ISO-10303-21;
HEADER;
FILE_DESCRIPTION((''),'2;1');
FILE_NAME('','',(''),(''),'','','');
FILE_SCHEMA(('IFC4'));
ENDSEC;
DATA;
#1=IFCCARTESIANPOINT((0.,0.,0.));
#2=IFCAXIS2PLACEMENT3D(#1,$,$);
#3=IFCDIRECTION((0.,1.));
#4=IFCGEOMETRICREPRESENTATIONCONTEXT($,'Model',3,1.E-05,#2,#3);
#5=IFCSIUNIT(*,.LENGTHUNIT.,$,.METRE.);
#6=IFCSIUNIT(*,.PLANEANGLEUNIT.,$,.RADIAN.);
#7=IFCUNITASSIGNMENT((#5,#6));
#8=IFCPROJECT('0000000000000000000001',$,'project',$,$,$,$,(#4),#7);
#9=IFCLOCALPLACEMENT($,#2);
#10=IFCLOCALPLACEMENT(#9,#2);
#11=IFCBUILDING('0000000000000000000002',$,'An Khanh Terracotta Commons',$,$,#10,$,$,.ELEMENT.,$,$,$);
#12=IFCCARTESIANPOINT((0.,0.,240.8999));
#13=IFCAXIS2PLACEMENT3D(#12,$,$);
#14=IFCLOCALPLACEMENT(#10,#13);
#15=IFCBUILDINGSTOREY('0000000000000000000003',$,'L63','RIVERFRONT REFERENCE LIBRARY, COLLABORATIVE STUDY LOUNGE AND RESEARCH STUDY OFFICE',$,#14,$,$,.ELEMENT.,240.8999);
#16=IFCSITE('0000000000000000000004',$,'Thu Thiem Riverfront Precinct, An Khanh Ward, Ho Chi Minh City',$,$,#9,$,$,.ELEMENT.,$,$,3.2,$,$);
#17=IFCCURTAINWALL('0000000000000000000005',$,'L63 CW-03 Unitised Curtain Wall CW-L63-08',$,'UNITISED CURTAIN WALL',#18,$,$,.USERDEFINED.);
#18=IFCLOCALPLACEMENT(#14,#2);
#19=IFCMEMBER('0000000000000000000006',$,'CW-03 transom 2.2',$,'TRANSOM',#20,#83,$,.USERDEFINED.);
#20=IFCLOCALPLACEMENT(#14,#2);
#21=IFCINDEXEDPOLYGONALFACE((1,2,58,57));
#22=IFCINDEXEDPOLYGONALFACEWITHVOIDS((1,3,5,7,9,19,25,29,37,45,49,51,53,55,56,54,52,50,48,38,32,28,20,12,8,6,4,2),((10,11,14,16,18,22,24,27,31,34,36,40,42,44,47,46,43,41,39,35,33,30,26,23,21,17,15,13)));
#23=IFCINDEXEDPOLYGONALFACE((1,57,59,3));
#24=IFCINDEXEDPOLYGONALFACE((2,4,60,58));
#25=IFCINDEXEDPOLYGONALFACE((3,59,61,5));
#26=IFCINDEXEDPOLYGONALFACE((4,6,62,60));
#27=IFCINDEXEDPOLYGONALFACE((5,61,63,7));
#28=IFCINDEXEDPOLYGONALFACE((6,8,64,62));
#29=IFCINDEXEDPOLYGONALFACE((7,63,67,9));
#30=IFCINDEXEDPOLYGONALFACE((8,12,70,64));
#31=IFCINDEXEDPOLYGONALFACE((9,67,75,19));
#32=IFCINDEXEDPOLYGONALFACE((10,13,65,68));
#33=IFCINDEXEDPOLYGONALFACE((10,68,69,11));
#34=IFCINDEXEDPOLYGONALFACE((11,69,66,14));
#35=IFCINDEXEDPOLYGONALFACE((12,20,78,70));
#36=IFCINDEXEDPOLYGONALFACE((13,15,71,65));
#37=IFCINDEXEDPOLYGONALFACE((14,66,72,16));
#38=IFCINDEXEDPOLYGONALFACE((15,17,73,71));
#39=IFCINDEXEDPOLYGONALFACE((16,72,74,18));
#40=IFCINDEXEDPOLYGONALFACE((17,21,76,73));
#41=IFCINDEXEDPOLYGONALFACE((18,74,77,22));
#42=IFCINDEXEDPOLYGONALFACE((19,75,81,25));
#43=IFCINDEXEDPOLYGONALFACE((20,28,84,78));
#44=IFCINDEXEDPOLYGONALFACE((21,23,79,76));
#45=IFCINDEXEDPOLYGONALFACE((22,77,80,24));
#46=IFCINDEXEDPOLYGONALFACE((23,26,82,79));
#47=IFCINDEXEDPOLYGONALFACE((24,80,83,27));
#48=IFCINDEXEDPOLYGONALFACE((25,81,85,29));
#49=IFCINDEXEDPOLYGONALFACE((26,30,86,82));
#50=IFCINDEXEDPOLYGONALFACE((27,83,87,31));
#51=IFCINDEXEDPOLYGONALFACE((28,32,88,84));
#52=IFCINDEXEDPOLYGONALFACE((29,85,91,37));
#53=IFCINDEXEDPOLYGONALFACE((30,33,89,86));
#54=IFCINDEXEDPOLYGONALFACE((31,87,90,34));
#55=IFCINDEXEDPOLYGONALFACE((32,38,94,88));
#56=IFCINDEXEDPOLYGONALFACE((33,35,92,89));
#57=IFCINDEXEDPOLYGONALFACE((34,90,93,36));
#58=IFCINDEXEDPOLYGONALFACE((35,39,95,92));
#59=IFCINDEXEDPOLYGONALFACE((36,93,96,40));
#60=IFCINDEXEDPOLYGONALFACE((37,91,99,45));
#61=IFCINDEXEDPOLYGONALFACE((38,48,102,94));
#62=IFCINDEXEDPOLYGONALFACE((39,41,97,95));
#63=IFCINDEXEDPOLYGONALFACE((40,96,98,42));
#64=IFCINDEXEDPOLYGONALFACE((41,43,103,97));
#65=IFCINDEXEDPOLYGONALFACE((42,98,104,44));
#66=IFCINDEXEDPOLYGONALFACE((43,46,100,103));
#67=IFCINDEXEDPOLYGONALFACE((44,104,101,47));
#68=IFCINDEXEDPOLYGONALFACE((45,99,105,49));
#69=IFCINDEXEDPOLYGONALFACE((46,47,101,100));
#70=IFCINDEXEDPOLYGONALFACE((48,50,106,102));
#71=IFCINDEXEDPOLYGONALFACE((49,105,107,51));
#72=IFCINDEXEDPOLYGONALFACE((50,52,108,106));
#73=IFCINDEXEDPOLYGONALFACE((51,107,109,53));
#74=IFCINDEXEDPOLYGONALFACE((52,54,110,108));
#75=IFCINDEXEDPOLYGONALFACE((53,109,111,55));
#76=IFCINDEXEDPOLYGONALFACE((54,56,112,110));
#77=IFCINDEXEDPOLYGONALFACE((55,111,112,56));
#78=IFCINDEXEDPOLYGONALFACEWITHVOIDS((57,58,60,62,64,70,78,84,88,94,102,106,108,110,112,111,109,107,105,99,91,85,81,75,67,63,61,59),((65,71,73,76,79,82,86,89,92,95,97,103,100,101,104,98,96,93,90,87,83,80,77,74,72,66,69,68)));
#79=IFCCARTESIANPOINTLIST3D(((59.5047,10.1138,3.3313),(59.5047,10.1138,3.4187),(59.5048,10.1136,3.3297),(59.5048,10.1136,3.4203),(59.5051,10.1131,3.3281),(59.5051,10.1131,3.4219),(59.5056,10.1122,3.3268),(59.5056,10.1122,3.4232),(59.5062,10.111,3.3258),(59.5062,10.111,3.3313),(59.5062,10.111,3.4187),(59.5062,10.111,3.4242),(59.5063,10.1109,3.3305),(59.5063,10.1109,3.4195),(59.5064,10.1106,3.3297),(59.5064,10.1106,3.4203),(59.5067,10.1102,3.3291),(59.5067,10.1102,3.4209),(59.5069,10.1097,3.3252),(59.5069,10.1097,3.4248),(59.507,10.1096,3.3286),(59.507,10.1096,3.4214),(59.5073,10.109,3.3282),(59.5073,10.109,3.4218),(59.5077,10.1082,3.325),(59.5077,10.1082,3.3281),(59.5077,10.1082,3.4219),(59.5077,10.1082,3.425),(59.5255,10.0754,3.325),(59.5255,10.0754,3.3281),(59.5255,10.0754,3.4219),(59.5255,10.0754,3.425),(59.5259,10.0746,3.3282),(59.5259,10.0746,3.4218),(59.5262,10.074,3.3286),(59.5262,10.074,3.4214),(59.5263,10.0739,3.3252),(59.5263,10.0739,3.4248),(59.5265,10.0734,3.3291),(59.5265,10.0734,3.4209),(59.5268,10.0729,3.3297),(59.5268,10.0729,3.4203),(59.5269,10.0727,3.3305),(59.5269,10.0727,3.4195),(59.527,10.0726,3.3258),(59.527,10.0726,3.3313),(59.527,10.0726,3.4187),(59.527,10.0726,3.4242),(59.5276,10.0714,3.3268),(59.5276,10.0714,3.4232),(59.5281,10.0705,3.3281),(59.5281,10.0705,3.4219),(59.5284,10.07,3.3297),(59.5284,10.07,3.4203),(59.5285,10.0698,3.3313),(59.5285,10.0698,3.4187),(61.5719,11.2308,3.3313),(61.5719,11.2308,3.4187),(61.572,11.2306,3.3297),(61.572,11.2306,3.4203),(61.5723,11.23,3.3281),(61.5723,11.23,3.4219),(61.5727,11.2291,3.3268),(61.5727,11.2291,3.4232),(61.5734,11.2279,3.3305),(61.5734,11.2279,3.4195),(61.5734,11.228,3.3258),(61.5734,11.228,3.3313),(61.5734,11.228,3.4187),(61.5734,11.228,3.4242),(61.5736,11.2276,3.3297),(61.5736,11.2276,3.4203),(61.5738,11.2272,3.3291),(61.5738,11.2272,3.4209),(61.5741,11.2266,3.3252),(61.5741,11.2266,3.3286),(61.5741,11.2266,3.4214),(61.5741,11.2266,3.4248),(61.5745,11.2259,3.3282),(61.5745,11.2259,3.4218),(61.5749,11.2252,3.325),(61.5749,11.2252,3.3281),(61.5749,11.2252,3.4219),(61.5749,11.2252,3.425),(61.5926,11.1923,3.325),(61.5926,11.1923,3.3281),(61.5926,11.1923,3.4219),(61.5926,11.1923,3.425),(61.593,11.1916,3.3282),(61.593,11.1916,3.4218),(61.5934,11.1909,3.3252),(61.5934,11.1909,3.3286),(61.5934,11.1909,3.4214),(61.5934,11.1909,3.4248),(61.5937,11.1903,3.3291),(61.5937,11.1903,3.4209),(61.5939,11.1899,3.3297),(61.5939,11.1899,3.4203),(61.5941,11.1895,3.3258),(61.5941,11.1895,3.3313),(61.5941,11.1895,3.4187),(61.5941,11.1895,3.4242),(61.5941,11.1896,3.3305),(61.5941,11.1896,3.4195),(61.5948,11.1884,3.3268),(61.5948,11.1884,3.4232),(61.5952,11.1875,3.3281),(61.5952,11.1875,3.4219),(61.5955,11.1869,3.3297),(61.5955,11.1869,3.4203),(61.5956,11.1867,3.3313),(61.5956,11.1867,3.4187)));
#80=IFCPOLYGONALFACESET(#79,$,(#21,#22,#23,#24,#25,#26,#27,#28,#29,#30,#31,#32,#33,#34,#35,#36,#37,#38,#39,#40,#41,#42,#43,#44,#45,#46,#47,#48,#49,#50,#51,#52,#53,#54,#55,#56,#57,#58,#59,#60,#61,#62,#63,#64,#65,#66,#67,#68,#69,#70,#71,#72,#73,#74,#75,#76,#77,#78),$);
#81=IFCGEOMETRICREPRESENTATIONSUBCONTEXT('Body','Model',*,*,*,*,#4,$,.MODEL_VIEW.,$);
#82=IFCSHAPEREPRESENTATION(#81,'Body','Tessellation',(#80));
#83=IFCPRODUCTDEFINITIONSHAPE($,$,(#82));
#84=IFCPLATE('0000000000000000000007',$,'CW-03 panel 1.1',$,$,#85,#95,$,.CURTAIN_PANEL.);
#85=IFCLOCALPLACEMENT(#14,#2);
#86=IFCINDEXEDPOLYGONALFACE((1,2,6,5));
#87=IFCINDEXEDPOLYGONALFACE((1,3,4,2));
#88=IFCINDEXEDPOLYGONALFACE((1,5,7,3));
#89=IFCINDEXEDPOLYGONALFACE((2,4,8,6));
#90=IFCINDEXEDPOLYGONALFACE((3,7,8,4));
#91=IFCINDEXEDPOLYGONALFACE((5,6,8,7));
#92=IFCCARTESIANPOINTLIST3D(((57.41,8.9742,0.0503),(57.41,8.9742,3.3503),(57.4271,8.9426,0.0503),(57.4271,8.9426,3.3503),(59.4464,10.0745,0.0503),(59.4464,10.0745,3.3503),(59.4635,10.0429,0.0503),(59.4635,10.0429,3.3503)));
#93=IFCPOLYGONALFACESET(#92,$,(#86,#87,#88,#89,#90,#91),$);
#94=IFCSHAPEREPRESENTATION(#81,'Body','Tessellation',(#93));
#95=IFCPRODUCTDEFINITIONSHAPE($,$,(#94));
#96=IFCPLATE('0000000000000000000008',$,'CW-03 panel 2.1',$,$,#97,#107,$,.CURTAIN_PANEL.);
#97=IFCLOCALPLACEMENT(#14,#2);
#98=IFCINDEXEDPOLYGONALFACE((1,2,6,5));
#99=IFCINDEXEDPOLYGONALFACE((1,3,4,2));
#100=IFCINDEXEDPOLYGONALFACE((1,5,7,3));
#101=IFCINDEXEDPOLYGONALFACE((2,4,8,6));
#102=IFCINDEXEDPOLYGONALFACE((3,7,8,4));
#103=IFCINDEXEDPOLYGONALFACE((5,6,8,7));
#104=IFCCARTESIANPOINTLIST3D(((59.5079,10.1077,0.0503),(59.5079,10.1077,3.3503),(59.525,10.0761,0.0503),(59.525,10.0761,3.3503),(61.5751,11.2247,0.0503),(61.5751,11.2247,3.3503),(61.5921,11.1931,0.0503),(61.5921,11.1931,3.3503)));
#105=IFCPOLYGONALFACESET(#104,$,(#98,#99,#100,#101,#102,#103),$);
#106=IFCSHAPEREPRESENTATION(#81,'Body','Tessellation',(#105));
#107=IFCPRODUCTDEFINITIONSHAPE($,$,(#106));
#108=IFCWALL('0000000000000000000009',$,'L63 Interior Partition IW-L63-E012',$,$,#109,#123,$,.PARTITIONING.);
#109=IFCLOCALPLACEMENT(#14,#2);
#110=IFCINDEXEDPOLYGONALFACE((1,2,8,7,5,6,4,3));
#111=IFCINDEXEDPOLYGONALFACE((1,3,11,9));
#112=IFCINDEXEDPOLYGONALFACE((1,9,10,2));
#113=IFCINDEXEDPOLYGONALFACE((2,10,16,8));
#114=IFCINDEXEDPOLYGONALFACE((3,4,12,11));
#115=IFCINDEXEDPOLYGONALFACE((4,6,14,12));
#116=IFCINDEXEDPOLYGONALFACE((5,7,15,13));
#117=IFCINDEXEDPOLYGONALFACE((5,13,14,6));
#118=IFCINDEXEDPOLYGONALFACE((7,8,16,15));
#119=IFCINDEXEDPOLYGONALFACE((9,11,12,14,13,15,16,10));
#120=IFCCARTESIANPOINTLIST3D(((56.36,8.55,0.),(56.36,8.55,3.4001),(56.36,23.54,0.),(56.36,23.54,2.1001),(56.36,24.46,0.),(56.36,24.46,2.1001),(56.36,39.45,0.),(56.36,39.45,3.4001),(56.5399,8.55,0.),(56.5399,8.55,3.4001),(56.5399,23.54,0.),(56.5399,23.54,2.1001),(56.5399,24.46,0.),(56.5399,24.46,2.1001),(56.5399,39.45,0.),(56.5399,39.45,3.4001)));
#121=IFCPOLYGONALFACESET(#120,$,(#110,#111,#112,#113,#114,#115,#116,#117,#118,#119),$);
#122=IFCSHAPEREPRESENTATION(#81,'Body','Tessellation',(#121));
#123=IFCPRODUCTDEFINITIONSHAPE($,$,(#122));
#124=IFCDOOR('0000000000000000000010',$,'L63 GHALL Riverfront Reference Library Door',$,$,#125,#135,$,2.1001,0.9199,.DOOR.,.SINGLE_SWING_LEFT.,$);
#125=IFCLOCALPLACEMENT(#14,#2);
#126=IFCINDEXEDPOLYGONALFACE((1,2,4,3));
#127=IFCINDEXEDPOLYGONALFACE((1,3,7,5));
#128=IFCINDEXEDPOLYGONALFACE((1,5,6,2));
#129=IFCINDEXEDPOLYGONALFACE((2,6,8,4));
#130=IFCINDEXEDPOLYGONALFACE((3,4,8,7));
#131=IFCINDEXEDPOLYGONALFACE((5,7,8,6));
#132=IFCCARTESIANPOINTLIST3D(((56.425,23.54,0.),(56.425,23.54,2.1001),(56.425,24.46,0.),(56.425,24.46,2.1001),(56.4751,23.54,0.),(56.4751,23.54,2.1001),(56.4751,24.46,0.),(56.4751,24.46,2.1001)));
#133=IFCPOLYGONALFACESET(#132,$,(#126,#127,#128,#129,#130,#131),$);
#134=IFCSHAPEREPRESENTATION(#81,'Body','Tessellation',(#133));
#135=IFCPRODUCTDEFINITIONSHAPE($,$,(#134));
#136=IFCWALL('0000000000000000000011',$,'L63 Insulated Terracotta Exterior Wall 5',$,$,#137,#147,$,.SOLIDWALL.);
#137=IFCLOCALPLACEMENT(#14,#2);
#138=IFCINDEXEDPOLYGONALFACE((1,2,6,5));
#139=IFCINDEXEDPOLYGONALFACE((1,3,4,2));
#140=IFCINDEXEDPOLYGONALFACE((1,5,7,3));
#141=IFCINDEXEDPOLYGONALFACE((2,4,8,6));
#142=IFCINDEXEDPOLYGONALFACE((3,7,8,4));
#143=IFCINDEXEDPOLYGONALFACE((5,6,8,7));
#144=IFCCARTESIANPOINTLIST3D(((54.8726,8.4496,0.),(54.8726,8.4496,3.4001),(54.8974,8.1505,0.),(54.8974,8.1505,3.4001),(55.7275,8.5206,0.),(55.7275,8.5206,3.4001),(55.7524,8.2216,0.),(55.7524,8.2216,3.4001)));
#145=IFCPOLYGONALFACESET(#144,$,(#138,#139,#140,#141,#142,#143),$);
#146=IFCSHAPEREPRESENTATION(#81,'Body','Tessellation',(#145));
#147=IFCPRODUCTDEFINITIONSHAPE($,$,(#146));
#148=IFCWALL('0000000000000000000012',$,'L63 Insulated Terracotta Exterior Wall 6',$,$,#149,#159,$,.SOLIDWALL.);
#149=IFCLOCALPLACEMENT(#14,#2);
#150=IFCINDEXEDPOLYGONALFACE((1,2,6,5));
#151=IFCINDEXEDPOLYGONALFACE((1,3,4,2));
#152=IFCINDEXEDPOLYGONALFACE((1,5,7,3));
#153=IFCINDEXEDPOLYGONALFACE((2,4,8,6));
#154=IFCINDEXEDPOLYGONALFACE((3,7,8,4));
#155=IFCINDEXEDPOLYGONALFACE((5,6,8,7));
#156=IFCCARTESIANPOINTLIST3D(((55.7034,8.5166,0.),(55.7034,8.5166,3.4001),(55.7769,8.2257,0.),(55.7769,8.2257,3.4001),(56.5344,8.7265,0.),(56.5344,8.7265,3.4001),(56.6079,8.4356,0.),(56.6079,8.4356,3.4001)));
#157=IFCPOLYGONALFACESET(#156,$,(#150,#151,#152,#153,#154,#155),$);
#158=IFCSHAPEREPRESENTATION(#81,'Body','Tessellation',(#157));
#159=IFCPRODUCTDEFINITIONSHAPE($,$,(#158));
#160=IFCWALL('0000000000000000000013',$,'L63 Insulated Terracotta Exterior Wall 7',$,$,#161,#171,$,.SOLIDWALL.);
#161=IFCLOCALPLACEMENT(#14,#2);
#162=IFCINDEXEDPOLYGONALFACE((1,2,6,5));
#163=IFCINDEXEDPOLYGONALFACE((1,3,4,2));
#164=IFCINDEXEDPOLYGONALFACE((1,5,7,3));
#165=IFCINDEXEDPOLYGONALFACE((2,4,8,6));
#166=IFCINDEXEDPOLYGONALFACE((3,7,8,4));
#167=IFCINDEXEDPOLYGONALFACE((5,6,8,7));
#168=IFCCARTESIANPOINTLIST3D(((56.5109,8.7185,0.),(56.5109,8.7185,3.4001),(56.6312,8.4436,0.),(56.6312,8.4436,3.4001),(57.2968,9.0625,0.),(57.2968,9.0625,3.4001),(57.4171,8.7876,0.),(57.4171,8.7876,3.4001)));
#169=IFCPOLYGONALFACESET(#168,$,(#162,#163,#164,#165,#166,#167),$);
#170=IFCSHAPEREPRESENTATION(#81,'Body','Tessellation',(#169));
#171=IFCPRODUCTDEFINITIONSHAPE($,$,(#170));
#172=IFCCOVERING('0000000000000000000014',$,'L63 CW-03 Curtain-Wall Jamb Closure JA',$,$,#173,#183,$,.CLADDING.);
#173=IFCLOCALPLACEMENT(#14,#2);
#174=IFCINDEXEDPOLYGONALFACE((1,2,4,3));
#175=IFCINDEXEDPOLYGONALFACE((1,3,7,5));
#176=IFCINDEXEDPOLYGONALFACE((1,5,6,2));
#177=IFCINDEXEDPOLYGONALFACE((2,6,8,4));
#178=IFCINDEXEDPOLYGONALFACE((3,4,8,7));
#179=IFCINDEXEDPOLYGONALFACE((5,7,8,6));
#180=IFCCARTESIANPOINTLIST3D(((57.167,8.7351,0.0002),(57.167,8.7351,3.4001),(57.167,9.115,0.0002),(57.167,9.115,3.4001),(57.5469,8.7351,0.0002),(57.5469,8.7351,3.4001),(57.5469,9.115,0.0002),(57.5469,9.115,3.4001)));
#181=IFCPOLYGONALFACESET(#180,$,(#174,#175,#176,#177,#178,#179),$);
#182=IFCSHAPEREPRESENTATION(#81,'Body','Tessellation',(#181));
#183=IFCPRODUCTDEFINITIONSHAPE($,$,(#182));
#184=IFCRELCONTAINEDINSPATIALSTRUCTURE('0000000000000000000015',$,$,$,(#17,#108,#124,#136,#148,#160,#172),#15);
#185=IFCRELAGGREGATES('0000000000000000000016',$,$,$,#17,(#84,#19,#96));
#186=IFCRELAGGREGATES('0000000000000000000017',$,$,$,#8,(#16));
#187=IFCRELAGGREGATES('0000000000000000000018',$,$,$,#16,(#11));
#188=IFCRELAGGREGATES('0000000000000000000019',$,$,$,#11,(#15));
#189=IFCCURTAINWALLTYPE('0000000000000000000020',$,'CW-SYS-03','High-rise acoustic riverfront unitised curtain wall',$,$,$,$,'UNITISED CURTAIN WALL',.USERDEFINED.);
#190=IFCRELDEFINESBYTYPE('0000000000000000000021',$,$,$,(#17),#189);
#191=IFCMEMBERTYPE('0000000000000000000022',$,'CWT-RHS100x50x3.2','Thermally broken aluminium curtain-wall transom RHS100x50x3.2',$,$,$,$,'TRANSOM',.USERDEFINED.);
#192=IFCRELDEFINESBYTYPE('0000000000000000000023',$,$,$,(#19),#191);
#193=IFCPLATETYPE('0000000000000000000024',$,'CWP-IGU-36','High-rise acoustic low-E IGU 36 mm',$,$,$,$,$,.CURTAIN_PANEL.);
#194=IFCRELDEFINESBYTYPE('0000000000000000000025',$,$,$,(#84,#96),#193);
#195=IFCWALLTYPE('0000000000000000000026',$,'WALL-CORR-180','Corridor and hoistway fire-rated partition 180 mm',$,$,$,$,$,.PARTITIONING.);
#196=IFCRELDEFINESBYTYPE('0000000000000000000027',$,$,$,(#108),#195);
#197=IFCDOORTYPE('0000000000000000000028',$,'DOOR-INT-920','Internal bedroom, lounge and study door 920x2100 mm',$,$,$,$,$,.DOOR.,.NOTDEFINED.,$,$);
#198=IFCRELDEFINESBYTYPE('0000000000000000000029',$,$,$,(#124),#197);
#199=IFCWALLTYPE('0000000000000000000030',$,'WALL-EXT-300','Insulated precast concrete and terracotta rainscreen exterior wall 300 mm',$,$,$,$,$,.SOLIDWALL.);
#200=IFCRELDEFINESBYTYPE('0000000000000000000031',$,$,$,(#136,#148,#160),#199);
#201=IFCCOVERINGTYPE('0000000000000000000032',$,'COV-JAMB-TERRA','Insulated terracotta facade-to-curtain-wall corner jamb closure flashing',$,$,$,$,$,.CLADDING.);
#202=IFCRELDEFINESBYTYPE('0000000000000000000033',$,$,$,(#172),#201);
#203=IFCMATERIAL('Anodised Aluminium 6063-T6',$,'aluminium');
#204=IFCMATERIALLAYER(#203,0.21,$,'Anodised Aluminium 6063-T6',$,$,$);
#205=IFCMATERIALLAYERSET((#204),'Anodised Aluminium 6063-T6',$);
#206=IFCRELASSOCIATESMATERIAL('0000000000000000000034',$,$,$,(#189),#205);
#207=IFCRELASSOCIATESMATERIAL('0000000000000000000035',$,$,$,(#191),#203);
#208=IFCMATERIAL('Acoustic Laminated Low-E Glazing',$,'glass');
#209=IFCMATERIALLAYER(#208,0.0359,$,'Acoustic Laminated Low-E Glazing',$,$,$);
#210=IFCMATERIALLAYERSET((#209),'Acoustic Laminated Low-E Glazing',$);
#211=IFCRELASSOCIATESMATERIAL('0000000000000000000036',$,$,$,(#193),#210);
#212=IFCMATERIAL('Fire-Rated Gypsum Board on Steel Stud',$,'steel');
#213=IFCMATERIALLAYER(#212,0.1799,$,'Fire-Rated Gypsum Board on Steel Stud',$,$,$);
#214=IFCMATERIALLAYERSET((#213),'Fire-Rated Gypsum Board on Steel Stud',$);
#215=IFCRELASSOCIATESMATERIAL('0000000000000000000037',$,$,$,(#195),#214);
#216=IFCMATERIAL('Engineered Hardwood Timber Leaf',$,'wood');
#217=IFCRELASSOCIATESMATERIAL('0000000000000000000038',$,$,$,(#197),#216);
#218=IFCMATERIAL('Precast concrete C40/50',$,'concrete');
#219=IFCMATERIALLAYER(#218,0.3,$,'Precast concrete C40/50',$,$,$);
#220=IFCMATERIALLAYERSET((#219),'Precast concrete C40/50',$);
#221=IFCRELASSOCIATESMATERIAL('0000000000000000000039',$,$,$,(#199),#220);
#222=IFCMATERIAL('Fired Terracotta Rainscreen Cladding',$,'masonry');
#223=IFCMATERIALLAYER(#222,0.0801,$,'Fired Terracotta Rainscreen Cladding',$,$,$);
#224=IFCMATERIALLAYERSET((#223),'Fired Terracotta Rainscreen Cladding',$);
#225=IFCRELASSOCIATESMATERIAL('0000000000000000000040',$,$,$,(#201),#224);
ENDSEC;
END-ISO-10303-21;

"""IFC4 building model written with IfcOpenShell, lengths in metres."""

from ifc_helpers import new_model, si_unit, direction, frame, frame_2d, origin, origin_2d, place, context, subcontext, project, spatial, rectangle, hollow_rectangle, extrude, material, layer, layer_set, material_profile, profile_set, type_object, element, fill, aggregate, save


model = new_model("IFC4")

# Units and contexts
model_context = context("Model", 3, precision=1e-05, world=origin(), true_north=direction((0.0, 1.0)))
body_context = subcontext(model_context, "Body", "Model", "MODEL_VIEW")
ifc_project = project(units=[si_unit("LENGTHUNIT", "METRE"), si_unit("PLANEANGLEUNIT", "RADIAN")], contexts=[model_context])

# Site, building, storey
site_placement = place(None, origin())
site = spatial("IfcSite", under=ifc_project, at=site_placement, Name="Thu Thiem Riverfront Precinct, An Khanh Ward, Ho Chi Minh City", CompositionType="ELEMENT", RefElevation=3.2)
building_placement = place(site_placement, origin())
building = spatial("IfcBuilding", under=site, at=building_placement, Name="An Khanh Terracotta Commons", CompositionType="ELEMENT")
storey_placement = place(building_placement, frame((0.0, 0.0, 240.8999)))
storey = spatial("IfcBuildingStorey", under=building, at=storey_placement, Name="L63", Description="RIVERFRONT REFERENCE LIBRARY, COLLABORATIVE STUDY LOUNGE AND RESEARCH STUDY OFFICE", CompositionType="ELEMENT", Elevation=240.8999)

# Curtain wall, member, plates
ifc_material_1 = material(Name="Anodised Aluminium 6063-T6", Category="aluminium")
ifc_layer_1 = layer(ifc_material_1, 0.21, Name="Anodised Aluminium 6063-T6")
ifc_layer_set_1 = layer_set([ifc_layer_1], Name="Anodised Aluminium 6063-T6")
curtain_wall_type = type_object("IfcCurtainWallType", Name="CW-SYS-03", Description="High-rise acoustic riverfront unitised curtain wall", ElementType="UNITISED CURTAIN WALL", PredefinedType="USERDEFINED", material=ifc_layer_set_1)
curtain_wall_placement = place(storey_placement, origin())
curtain_wall = element("IfcCurtainWall", 1, at=curtain_wall_placement, inside=storey, type_object=curtain_wall_type, Name="L63 CW-03 Unitised Curtain Wall CW-L63-08", ObjectType="UNITISED CURTAIN WALL", PredefinedType="USERDEFINED")
ifc_material_profile_1 = material_profile(ifc_material_1, hollow_rectangle(XDim=0.05, YDim=0.1001, WallThickness=0.0032, InnerFilletRadius=0.0032, OuterFilletRadius=0.0063, at=origin_2d()), Name="RHS100x50x3.2")
ifc_profile_set_1 = profile_set([ifc_material_profile_1], Name="Anodised Aluminium 6063-T6")
member_type_1 = type_object("IfcMemberType", Name="CWT-RHS100x50x3.2", Description="Thermally broken aluminium curtain-wall transom RHS100x50x3.2", ElementType="TRANSOM", PredefinedType="USERDEFINED", material=ifc_profile_set_1)
member_1_placement = place(storey_placement, frame((59.5166, 10.0918, 3.375), z_axis=(0.879783, 0.475376, 0.0), x_axis=(-0.475376, 0.879783, 0.0)))
member_1 = element("IfcMember", 2, at=member_1_placement, type_object=member_type_1, Name="CW-03 transom 2.2", ObjectType="TRANSOM", PredefinedType="USERDEFINED", context=body_context, shape_type="SweptSolid", body=[
    extrude(hollow_rectangle(XDim=0.05, YDim=0.1001, WallThickness=0.0032, InnerFilletRadius=0.0032, OuterFilletRadius=0.0063, at=origin_2d()), origin(), (0.0, 0.0, 1.0), 2.3496),
])
ifc_material_2 = material(Name="Acoustic Laminated Low-E Glazing", Category="glass")
ifc_layer_2 = layer(ifc_material_2, 0.0359, Name="Acoustic Laminated Low-E Glazing")
ifc_layer_set_2 = layer_set([ifc_layer_2], Name="Acoustic Laminated Low-E Glazing")
plate_type = type_object("IfcPlateType", Name="CWP-IGU-36", Description="High-rise acoustic low-E IGU 36 mm", PredefinedType="CURTAIN_PANEL", material=ifc_layer_set_2)
plate_1_placement = place(storey_placement, frame((58.4368, 9.5085, 0.0503), z_axis=(0.0, 0.0, 1.0), x_axis=(0.87978, 0.475381, 0.0)))
plate_1 = element("IfcPlate", 3, at=plate_1_placement, type_object=plate_type, Name="CW-03 panel 1.1", PredefinedType="CURTAIN_PANEL", context=body_context, shape_type="SweptSolid", body=[
    extrude(rectangle(XDim=2.3147, YDim=0.0359, at=origin_2d()), origin(), (0.0, 0.0, 1.0), 3.3),
])
plate_2_placement = place(storey_placement, frame((60.55, 10.6504, 0.0503), z_axis=(0.0, 0.0, 1.0), x_axis=(0.87978, 0.475381, 0.0)))
plate_2 = element("IfcPlate", 4, at=plate_2_placement, type_object=plate_type, Name="CW-03 panel 2.1", PredefinedType="CURTAIN_PANEL", context=body_context, shape_type="SweptSolid", body=[
    extrude(rectangle(XDim=2.3496, YDim=0.0359, at=origin_2d()), origin(), (0.0, 0.0, 1.0), 3.3),
])
aggregate(curtain_wall, [plate_1, member_1, plate_2])

# Wall, opening, door
ifc_material_3 = material(Name="Fire-Rated Gypsum Board on Steel Stud", Category="steel")
ifc_layer_3 = layer(ifc_material_3, 0.1799, Name="Fire-Rated Gypsum Board on Steel Stud")
ifc_layer_set_3 = layer_set([ifc_layer_3], Name="Fire-Rated Gypsum Board on Steel Stud")
wall_type_1 = type_object("IfcWallType", Name="WALL-CORR-180", Description="Corridor and hoistway fire-rated partition 180 mm", PredefinedType="PARTITIONING", material=ifc_layer_set_3)
wall_1_placement = place(storey_placement, frame((56.45, 8.55, 0.0), z_axis=(0.0, 0.0, 1.0), x_axis=(0.0, 1.0, 0.0)))
wall_1 = element("IfcWall", 5, at=wall_1_placement, inside=storey, type_object=wall_type_1, Name="L63 Interior Partition IW-L63-E012", PredefinedType="PARTITIONING", context=body_context, shape_type="SweptSolid", body=[
    extrude(rectangle(XDim=30.8999, YDim=0.1799, at=frame_2d((15.45, 0.0))), origin(), (0.0, 0.0, 1.0), 3.4001),
])
opening_placement = place(wall_1_placement, frame((14.99, 0.0, 0.0)))
opening = element("IfcOpeningElement", 6, at=opening_placement, cuts=wall_1, PredefinedType="OPENING", context=body_context, shape_type="SweptSolid", body=[
    extrude(rectangle(XDim=0.9199, YDim=2.1001, at=frame_2d((0.46, 1.05))), frame((0.0, 0.0999, 0.0), z_axis=(0.0, -1.0, 0.0), x_axis=(1.0, 0.0, 0.0)), (0.0, 0.0, 1.0), 0.2),
])
ifc_material_4 = material(Name="Engineered Hardwood Timber Leaf", Category="wood")
door_type = type_object("IfcDoorType", Name="DOOR-INT-920", Description="Internal bedroom, lounge and study door 920x2100 mm", OperationType="NOTDEFINED", PredefinedType="DOOR", material=ifc_material_4)
door_placement = place(opening_placement, origin())
door = element("IfcDoor", 7, at=door_placement, inside=storey, type_object=door_type, Name="L63 GHALL Riverfront Reference Library Door", OperationType="SINGLE_SWING_LEFT", OverallHeight=2.1001, OverallWidth=0.9199, PredefinedType="DOOR", context=body_context, shape_type="SweptSolid", body=[
    extrude(rectangle(XDim=0.9199, YDim=2.1001, at=frame_2d((0.46, 1.05))), frame((0.0, 0.0249, 0.0), z_axis=(0.0, -1.0, 0.0), x_axis=(1.0, 0.0, 0.0)), (0.0, 0.0, 1.0), 0.05),
])
fill(opening, door)

# Walls
ifc_material_5 = material(Name="Precast concrete C40/50", Category="concrete")
ifc_layer_4 = layer(ifc_material_5, 0.3, Name="Precast concrete C40/50")
ifc_layer_set_4 = layer_set([ifc_layer_4], Name="Precast concrete C40/50")
wall_type_2 = type_object("IfcWallType", Name="WALL-EXT-300", Description="Insulated precast concrete and terracotta rainscreen exterior wall 300 mm", PredefinedType="SOLIDWALL", material=ifc_layer_set_4)
wall_2_placement = place(storey_placement, frame((54.885, 8.3, 0.0), z_axis=(0.0, 0.0, 1.0), x_axis=(0.996565, 0.08281, 0.0)))
element("IfcWall", 8, at=wall_2_placement, inside=storey, type_object=wall_type_2, Name="L63 Insulated Terracotta Exterior Wall 5", PredefinedType="SOLIDWALL", context=body_context, shape_type="SweptSolid", body=[
    extrude(rectangle(XDim=0.8579, YDim=0.3, at=frame_2d((0.429, 0.0))), origin(), (0.0, 0.0, 1.0), 3.4001),
])
wall_3_placement = place(storey_placement, frame((55.74, 8.3711, 0.0), z_axis=(0.0, 0.0, 1.0), x_axis=(0.969536, 0.244947, 0.0)))
element("IfcWall", 9, at=wall_3_placement, inside=storey, type_object=wall_type_2, Name="L63 Insulated Terracotta Exterior Wall 6", PredefinedType="SOLIDWALL", context=body_context, shape_type="SweptSolid", body=[
    extrude(rectangle(XDim=0.8572, YDim=0.3, at=frame_2d((0.4287, 0.0))), origin(), (0.0, 0.0, 1.0), 3.4001),
])
wall_4_placement = place(storey_placement, frame((56.571, 8.5811, 0.0), z_axis=(0.0, 0.0, 1.0), x_axis=(0.916085, 0.400983, 0.0)))
element("IfcWall", 10, at=wall_4_placement, inside=storey, type_object=wall_type_2, Name="L63 Insulated Terracotta Exterior Wall 7", PredefinedType="SOLIDWALL", context=body_context, shape_type="SweptSolid", body=[
    extrude(rectangle(XDim=0.8579, YDim=0.3, at=frame_2d((0.429, 0.0))), origin(), (0.0, 0.0, 1.0), 3.4001),
])

# Covering
ifc_material_6 = material(Name="Fired Terracotta Rainscreen Cladding", Category="masonry")
ifc_layer_5 = layer(ifc_material_6, 0.0801, Name="Fired Terracotta Rainscreen Cladding")
ifc_layer_set_5 = layer_set([ifc_layer_5], Name="Fired Terracotta Rainscreen Cladding")
covering_type = type_object("IfcCoveringType", Name="COV-JAMB-TERRA", Description="Insulated terracotta facade-to-curtain-wall corner jamb closure flashing", PredefinedType="CLADDING", material=ifc_layer_set_5)
covering_placement = place(storey_placement, frame((57.3569, 8.925, 0.0002), z_axis=(0.0, 0.0, 1.0), x_axis=(1.0, 0.0, 0.0)))
element("IfcCovering", 11, at=covering_placement, inside=storey, type_object=covering_type, Name="L63 CW-03 Curtain-Wall Jamb Closure JA", PredefinedType="CLADDING", context=body_context, shape_type="SweptSolid", body=[
    extrude(rectangle(XDim=0.3799, YDim=0.3799, at=origin_2d()), origin(), (0.0, 0.0, 1.0), 3.3999),
])

save(model, "model.ifc")
